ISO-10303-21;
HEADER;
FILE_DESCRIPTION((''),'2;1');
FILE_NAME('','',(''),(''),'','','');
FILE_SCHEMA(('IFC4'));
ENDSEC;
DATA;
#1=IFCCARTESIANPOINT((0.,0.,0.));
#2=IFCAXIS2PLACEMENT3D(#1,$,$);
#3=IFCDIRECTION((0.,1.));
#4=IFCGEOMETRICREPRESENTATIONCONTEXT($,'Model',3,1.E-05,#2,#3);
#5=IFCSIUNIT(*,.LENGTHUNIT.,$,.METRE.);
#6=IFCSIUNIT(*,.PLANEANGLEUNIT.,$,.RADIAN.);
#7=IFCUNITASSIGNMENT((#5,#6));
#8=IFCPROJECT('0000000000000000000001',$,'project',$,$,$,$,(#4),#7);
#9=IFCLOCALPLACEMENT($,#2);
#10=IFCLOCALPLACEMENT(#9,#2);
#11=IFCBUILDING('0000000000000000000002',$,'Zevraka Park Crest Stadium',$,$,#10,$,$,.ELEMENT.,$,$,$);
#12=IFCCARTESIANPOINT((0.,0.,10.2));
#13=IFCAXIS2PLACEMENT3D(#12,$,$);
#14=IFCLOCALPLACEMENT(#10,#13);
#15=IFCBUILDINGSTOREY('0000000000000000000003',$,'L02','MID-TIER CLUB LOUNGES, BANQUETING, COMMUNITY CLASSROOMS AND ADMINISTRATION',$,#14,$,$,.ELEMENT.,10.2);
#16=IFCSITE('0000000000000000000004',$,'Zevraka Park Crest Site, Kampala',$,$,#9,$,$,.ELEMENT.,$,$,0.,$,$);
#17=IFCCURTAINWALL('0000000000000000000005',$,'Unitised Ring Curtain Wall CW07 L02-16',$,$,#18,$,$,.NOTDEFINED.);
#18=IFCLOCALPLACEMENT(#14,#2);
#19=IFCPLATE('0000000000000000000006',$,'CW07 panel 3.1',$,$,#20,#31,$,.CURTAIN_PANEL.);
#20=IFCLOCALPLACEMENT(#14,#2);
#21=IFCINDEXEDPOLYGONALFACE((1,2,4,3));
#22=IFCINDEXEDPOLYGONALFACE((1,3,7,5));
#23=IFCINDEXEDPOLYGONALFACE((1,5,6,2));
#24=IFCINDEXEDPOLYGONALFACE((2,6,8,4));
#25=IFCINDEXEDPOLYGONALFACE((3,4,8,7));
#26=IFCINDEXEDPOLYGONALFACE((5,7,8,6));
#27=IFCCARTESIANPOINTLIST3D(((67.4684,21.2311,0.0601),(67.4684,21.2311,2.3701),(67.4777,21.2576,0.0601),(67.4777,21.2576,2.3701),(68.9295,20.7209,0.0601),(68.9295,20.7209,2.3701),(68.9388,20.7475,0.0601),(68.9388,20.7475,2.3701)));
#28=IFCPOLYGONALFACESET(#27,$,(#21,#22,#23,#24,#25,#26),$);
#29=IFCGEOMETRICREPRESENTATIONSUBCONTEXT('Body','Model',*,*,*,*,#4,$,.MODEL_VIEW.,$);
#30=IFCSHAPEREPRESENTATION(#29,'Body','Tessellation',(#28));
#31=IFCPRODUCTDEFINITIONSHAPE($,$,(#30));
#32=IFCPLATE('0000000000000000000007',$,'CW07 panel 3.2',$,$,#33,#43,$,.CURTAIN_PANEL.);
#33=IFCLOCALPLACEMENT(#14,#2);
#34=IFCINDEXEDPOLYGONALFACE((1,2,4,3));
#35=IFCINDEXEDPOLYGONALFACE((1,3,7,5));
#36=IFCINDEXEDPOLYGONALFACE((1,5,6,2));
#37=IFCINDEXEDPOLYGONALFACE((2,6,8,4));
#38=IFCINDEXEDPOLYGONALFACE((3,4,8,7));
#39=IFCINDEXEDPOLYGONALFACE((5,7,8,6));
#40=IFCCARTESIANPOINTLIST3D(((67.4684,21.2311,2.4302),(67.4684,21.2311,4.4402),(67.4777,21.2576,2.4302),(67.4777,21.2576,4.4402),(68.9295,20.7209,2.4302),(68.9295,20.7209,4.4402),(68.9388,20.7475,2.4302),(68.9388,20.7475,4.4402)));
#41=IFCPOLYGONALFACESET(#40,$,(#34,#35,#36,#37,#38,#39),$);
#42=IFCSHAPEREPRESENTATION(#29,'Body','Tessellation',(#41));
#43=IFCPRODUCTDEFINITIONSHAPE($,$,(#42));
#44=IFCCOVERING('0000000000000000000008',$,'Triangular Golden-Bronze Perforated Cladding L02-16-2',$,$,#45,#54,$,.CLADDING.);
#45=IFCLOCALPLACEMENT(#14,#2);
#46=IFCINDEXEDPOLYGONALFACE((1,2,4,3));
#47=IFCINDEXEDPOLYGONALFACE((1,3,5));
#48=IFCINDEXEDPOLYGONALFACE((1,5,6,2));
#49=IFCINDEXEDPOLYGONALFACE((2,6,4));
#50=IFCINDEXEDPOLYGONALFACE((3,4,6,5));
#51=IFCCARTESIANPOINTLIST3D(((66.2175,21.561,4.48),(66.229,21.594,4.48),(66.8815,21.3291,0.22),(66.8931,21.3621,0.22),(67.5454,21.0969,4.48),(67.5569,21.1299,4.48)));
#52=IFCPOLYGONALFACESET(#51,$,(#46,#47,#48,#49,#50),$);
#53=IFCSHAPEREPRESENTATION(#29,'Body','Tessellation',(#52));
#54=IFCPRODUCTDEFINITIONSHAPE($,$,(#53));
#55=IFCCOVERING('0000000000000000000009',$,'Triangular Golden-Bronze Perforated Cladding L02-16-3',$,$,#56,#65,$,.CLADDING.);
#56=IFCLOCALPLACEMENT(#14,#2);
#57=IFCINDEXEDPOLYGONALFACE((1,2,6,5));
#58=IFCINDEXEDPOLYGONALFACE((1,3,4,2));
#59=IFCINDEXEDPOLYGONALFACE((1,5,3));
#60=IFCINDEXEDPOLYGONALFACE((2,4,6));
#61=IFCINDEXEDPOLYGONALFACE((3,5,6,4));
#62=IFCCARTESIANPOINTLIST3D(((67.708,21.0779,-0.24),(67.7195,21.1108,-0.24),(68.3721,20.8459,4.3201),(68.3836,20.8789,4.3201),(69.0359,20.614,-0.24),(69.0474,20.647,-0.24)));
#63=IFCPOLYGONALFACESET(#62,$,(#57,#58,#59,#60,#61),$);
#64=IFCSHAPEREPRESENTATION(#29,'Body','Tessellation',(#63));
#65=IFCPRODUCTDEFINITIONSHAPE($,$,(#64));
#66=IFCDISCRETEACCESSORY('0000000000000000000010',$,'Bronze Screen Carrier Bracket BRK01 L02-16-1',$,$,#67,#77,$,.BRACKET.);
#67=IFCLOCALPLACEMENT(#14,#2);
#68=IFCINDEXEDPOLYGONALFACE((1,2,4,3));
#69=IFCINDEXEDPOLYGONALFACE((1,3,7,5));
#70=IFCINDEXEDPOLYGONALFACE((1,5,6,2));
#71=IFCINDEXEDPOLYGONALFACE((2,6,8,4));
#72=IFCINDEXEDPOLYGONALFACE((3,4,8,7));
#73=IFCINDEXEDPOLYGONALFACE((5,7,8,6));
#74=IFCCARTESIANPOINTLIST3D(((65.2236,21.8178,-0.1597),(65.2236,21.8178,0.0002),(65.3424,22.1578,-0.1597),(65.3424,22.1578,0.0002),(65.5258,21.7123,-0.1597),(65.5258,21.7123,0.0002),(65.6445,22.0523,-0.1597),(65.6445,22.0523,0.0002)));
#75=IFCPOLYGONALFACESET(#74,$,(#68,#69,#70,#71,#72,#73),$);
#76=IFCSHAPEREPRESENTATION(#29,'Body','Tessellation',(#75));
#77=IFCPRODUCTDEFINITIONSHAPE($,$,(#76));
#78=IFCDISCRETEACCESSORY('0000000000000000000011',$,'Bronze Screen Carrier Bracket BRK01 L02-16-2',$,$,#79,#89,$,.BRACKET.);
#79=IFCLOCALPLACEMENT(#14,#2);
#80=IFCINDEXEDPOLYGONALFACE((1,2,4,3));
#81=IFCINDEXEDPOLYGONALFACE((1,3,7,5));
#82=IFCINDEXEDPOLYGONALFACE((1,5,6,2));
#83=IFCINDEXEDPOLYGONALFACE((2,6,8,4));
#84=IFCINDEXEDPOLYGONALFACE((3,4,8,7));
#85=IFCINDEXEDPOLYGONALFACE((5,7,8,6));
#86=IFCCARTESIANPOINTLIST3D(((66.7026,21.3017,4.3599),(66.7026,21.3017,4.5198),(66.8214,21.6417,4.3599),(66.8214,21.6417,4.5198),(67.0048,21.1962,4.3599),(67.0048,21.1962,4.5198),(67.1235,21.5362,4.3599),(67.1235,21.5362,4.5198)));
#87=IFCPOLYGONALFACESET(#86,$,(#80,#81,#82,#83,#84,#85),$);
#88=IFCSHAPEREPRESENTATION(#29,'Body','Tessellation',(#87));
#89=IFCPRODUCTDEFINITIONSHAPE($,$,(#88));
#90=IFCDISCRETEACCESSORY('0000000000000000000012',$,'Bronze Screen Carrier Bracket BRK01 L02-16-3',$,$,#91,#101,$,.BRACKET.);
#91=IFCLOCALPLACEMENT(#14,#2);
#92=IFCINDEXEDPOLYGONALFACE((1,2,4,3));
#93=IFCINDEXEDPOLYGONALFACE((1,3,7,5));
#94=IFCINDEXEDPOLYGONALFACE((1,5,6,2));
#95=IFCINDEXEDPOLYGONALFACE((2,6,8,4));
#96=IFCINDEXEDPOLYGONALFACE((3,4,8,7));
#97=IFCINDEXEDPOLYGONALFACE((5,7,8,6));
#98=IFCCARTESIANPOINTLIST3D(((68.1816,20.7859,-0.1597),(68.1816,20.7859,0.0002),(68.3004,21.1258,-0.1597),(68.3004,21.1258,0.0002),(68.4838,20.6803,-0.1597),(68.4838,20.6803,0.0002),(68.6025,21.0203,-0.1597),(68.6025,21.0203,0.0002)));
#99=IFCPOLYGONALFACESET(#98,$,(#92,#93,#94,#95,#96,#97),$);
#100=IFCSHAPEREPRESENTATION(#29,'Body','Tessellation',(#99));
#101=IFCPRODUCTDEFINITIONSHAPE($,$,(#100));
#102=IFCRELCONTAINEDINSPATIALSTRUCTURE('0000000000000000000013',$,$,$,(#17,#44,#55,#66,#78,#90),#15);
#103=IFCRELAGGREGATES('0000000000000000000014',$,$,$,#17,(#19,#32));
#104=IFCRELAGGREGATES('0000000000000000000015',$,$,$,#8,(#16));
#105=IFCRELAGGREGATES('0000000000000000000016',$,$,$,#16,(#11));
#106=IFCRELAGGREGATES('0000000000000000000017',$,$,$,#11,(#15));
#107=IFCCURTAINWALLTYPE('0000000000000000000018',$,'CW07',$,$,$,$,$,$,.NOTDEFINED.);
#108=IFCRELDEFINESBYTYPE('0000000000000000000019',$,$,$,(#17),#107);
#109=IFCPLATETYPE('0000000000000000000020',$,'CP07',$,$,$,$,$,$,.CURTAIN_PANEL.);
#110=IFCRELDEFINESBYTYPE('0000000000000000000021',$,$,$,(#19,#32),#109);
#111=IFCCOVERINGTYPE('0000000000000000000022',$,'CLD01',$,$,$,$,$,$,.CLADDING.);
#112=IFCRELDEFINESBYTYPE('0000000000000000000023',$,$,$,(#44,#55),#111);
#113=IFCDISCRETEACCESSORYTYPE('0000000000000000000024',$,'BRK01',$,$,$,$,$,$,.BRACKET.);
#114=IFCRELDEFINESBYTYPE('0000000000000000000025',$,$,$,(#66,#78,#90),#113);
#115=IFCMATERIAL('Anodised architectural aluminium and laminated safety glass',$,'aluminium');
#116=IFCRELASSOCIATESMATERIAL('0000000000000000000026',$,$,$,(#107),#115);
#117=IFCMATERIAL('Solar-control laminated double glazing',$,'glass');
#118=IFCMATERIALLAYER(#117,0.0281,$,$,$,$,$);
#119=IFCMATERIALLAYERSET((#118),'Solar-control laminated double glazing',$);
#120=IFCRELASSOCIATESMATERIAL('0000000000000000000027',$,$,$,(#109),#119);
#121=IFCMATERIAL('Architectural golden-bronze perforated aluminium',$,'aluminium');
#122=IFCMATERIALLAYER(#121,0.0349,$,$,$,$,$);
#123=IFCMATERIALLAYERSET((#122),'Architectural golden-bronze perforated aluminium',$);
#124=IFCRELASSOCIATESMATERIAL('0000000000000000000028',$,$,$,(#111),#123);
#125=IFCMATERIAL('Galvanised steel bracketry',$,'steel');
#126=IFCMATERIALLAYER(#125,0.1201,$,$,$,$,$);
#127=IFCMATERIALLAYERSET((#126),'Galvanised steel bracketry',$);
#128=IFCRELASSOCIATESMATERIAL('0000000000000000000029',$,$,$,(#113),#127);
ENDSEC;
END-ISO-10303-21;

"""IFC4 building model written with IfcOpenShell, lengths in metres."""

from ifc_helpers import new_model, si_unit, direction, frame, origin, origin_2d, place, context, subcontext, project, spatial, polyline, rectangle, outline, extrude, material, layer, layer_set, type_object, element, aggregate, save


model = new_model("IFC4")

# Units and contexts
model_context = context("Model", 3, precision=1e-05, world=origin(), true_north=direction((0.0, 1.0)))
body_context = subcontext(model_context, "Body", "Model", "MODEL_VIEW")
ifc_project = project(units=[si_unit("LENGTHUNIT", "METRE"), si_unit("PLANEANGLEUNIT", "RADIAN")], contexts=[model_context])

# Site, building, storey
site_placement = place(None, origin())
site = spatial("IfcSite", under=ifc_project, at=site_placement, Name="Zevraka Park Crest Site, Kampala", CompositionType="ELEMENT", RefElevation=0.0)
building_placement = place(site_placement, origin())
building = spatial("IfcBuilding", under=site, at=building_placement, Name="Zevraka Park Crest Stadium", CompositionType="ELEMENT")
storey_placement = place(building_placement, frame((0.0, 0.0, 10.2)))
storey = spatial("IfcBuildingStorey", under=building, at=storey_placement, Name="L02", Description="MID-TIER CLUB LOUNGES, BANQUETING, COMMUNITY CLASSROOMS AND ADMINISTRATION", CompositionType="ELEMENT", Elevation=10.2)

# Curtain wall, plates
ifc_material_1 = material(Name="Anodised architectural aluminium and laminated safety glass", Category="aluminium")
curtain_wall_type = type_object("IfcCurtainWallType", Name="CW07", PredefinedType="NOTDEFINED", material=ifc_material_1)
curtain_wall_placement = place(storey_placement, origin())
curtain_wall = element("IfcCurtainWall", 1, at=curtain_wall_placement, inside=storey, type_object=curtain_wall_type, Name="Unitised Ring Curtain Wall CW07 L02-16", PredefinedType="NOTDEFINED")
ifc_material_2 = material(Name="Solar-control laminated double glazing", Category="glass")
ifc_layer_1 = layer(ifc_material_2, 0.0281)
ifc_layer_set_1 = layer_set([ifc_layer_1], Name="Solar-control laminated double glazing")
plate_type = type_object("IfcPlateType", Name="CP07", PredefinedType="CURTAIN_PANEL", material=ifc_layer_set_1)
plate_1_placement = place(storey_placement, frame((68.2036, 20.9893, 0.0601), z_axis=(0.0, 0.0, 1.0), x_axis=(0.944114, -0.329619, 0.0)))
plate_1 = element("IfcPlate", 2, at=plate_1_placement, type_object=plate_type, Name="CW07 panel 3.1", PredefinedType="CURTAIN_PANEL", context=body_context, shape_type="SweptSolid", body=[
    extrude(rectangle(XDim=1.5476, YDim=0.0281, at=origin_2d()), origin(), (0.0, 0.0, 1.0), 2.3101),
])
plate_2_placement = place(storey_placement, frame((68.2036, 20.9893, 2.4302), z_axis=(0.0, 0.0, 1.0), x_axis=(0.944114, -0.329619, 0.0)))
plate_2 = element("IfcPlate", 3, at=plate_2_placement, type_object=plate_type, Name="CW07 panel 3.2", PredefinedType="CURTAIN_PANEL", context=body_context, shape_type="SweptSolid", body=[
    extrude(rectangle(XDim=1.5476, YDim=0.0281, at=origin_2d()), origin(), (0.0, 0.0, 1.0), 2.01),
])
aggregate(curtain_wall, [plate_1, plate_2])

# Coverings
ifc_material_3 = material(Name="Architectural golden-bronze perforated aluminium", Category="aluminium")
ifc_layer_2 = layer(ifc_material_3, 0.0349)
ifc_layer_set_2 = layer_set([ifc_layer_2], Name="Architectural golden-bronze perforated aluminium")
covering_type = type_object("IfcCoveringType", Name="CLD01", PredefinedType="CLADDING", material=ifc_layer_set_2)
covering_1_placement = place(storey_placement, frame((67.5569, 21.1299, 4.48), z_axis=(0.329941, 0.944002, 0.000037), x_axis=(-0.944002, 0.329941, 0.0)))
element("IfcCovering", 4, at=covering_1_placement, inside=storey, type_object=covering_type, Name="Triangular Golden-Bronze Perforated Cladding L02-16-2", PredefinedType="CLADDING", context=body_context, shape_type="SweptSolid", body=[
    extrude(outline(polyline([(0.0, 0.0), (1.4067, 0.0), (0.7033, -4.26), (0.0, 0.0)])), origin(), (0.0, 0.0, -1.0), 0.0349),
])
covering_2_placement = place(storey_placement, frame((67.708, 21.0779, -0.24), z_axis=(-0.329786, -0.944056, 0.000009), x_axis=(0.944056, -0.329786, 0.0)))
element("IfcCovering", 5, at=covering_2_placement, inside=storey, type_object=covering_type, Name="Triangular Golden-Bronze Perforated Cladding L02-16-3", PredefinedType="CLADDING", context=body_context, shape_type="SweptSolid", body=[
    extrude(outline(polyline([(0.0, 0.0), (1.4066, 0.0), (0.7034, 4.5601), (0.0, 0.0)])), origin(), (0.0, 0.0, -1.0), 0.0349),
])

# Discrete accessories
ifc_material_4 = material(Name="Galvanised steel bracketry", Category="steel")
ifc_layer_3 = layer(ifc_material_4, 0.1201)
ifc_layer_set_3 = layer_set([ifc_layer_3], Name="Galvanised steel bracketry")
discrete_accessory_type = type_object("IfcDiscreteAccessoryType", Name="BRK01", PredefinedType="BRACKET", material=ifc_layer_set_3)
for number, where, z_axis, x_axis, name in (
    (6, (65.4341, 21.9351, -0.1597), (0.0, 0.0, 1.0), (0.944089, -0.329691, 0.0), "Bronze Screen Carrier Bracket BRK01 L02-16-1"),
    (7, (66.9131, 21.4189, 4.3599), (0.0, 0.0, 1.0), (0.944089, -0.329691, 0.0), "Bronze Screen Carrier Bracket BRK01 L02-16-2"),
    (8, (68.3921, 20.9031, -0.1597), (0.0, 0.0, 1.0), (0.944089, -0.329691, 0.0), "Bronze Screen Carrier Bracket BRK01 L02-16-3"),
):
    element("IfcDiscreteAccessory", number, at=place(storey_placement, frame(where, z_axis=z_axis, x_axis=x_axis)), inside=storey, type_object=discrete_accessory_type, Name=name, PredefinedType="BRACKET", context=body_context, shape_type="SweptSolid", body=[
        extrude(rectangle(XDim=0.3201, YDim=0.3601, at=origin_2d()), origin(), (0.0, 0.0, 1.0), 0.1599),
    ])

save(model, "model.ifc")
